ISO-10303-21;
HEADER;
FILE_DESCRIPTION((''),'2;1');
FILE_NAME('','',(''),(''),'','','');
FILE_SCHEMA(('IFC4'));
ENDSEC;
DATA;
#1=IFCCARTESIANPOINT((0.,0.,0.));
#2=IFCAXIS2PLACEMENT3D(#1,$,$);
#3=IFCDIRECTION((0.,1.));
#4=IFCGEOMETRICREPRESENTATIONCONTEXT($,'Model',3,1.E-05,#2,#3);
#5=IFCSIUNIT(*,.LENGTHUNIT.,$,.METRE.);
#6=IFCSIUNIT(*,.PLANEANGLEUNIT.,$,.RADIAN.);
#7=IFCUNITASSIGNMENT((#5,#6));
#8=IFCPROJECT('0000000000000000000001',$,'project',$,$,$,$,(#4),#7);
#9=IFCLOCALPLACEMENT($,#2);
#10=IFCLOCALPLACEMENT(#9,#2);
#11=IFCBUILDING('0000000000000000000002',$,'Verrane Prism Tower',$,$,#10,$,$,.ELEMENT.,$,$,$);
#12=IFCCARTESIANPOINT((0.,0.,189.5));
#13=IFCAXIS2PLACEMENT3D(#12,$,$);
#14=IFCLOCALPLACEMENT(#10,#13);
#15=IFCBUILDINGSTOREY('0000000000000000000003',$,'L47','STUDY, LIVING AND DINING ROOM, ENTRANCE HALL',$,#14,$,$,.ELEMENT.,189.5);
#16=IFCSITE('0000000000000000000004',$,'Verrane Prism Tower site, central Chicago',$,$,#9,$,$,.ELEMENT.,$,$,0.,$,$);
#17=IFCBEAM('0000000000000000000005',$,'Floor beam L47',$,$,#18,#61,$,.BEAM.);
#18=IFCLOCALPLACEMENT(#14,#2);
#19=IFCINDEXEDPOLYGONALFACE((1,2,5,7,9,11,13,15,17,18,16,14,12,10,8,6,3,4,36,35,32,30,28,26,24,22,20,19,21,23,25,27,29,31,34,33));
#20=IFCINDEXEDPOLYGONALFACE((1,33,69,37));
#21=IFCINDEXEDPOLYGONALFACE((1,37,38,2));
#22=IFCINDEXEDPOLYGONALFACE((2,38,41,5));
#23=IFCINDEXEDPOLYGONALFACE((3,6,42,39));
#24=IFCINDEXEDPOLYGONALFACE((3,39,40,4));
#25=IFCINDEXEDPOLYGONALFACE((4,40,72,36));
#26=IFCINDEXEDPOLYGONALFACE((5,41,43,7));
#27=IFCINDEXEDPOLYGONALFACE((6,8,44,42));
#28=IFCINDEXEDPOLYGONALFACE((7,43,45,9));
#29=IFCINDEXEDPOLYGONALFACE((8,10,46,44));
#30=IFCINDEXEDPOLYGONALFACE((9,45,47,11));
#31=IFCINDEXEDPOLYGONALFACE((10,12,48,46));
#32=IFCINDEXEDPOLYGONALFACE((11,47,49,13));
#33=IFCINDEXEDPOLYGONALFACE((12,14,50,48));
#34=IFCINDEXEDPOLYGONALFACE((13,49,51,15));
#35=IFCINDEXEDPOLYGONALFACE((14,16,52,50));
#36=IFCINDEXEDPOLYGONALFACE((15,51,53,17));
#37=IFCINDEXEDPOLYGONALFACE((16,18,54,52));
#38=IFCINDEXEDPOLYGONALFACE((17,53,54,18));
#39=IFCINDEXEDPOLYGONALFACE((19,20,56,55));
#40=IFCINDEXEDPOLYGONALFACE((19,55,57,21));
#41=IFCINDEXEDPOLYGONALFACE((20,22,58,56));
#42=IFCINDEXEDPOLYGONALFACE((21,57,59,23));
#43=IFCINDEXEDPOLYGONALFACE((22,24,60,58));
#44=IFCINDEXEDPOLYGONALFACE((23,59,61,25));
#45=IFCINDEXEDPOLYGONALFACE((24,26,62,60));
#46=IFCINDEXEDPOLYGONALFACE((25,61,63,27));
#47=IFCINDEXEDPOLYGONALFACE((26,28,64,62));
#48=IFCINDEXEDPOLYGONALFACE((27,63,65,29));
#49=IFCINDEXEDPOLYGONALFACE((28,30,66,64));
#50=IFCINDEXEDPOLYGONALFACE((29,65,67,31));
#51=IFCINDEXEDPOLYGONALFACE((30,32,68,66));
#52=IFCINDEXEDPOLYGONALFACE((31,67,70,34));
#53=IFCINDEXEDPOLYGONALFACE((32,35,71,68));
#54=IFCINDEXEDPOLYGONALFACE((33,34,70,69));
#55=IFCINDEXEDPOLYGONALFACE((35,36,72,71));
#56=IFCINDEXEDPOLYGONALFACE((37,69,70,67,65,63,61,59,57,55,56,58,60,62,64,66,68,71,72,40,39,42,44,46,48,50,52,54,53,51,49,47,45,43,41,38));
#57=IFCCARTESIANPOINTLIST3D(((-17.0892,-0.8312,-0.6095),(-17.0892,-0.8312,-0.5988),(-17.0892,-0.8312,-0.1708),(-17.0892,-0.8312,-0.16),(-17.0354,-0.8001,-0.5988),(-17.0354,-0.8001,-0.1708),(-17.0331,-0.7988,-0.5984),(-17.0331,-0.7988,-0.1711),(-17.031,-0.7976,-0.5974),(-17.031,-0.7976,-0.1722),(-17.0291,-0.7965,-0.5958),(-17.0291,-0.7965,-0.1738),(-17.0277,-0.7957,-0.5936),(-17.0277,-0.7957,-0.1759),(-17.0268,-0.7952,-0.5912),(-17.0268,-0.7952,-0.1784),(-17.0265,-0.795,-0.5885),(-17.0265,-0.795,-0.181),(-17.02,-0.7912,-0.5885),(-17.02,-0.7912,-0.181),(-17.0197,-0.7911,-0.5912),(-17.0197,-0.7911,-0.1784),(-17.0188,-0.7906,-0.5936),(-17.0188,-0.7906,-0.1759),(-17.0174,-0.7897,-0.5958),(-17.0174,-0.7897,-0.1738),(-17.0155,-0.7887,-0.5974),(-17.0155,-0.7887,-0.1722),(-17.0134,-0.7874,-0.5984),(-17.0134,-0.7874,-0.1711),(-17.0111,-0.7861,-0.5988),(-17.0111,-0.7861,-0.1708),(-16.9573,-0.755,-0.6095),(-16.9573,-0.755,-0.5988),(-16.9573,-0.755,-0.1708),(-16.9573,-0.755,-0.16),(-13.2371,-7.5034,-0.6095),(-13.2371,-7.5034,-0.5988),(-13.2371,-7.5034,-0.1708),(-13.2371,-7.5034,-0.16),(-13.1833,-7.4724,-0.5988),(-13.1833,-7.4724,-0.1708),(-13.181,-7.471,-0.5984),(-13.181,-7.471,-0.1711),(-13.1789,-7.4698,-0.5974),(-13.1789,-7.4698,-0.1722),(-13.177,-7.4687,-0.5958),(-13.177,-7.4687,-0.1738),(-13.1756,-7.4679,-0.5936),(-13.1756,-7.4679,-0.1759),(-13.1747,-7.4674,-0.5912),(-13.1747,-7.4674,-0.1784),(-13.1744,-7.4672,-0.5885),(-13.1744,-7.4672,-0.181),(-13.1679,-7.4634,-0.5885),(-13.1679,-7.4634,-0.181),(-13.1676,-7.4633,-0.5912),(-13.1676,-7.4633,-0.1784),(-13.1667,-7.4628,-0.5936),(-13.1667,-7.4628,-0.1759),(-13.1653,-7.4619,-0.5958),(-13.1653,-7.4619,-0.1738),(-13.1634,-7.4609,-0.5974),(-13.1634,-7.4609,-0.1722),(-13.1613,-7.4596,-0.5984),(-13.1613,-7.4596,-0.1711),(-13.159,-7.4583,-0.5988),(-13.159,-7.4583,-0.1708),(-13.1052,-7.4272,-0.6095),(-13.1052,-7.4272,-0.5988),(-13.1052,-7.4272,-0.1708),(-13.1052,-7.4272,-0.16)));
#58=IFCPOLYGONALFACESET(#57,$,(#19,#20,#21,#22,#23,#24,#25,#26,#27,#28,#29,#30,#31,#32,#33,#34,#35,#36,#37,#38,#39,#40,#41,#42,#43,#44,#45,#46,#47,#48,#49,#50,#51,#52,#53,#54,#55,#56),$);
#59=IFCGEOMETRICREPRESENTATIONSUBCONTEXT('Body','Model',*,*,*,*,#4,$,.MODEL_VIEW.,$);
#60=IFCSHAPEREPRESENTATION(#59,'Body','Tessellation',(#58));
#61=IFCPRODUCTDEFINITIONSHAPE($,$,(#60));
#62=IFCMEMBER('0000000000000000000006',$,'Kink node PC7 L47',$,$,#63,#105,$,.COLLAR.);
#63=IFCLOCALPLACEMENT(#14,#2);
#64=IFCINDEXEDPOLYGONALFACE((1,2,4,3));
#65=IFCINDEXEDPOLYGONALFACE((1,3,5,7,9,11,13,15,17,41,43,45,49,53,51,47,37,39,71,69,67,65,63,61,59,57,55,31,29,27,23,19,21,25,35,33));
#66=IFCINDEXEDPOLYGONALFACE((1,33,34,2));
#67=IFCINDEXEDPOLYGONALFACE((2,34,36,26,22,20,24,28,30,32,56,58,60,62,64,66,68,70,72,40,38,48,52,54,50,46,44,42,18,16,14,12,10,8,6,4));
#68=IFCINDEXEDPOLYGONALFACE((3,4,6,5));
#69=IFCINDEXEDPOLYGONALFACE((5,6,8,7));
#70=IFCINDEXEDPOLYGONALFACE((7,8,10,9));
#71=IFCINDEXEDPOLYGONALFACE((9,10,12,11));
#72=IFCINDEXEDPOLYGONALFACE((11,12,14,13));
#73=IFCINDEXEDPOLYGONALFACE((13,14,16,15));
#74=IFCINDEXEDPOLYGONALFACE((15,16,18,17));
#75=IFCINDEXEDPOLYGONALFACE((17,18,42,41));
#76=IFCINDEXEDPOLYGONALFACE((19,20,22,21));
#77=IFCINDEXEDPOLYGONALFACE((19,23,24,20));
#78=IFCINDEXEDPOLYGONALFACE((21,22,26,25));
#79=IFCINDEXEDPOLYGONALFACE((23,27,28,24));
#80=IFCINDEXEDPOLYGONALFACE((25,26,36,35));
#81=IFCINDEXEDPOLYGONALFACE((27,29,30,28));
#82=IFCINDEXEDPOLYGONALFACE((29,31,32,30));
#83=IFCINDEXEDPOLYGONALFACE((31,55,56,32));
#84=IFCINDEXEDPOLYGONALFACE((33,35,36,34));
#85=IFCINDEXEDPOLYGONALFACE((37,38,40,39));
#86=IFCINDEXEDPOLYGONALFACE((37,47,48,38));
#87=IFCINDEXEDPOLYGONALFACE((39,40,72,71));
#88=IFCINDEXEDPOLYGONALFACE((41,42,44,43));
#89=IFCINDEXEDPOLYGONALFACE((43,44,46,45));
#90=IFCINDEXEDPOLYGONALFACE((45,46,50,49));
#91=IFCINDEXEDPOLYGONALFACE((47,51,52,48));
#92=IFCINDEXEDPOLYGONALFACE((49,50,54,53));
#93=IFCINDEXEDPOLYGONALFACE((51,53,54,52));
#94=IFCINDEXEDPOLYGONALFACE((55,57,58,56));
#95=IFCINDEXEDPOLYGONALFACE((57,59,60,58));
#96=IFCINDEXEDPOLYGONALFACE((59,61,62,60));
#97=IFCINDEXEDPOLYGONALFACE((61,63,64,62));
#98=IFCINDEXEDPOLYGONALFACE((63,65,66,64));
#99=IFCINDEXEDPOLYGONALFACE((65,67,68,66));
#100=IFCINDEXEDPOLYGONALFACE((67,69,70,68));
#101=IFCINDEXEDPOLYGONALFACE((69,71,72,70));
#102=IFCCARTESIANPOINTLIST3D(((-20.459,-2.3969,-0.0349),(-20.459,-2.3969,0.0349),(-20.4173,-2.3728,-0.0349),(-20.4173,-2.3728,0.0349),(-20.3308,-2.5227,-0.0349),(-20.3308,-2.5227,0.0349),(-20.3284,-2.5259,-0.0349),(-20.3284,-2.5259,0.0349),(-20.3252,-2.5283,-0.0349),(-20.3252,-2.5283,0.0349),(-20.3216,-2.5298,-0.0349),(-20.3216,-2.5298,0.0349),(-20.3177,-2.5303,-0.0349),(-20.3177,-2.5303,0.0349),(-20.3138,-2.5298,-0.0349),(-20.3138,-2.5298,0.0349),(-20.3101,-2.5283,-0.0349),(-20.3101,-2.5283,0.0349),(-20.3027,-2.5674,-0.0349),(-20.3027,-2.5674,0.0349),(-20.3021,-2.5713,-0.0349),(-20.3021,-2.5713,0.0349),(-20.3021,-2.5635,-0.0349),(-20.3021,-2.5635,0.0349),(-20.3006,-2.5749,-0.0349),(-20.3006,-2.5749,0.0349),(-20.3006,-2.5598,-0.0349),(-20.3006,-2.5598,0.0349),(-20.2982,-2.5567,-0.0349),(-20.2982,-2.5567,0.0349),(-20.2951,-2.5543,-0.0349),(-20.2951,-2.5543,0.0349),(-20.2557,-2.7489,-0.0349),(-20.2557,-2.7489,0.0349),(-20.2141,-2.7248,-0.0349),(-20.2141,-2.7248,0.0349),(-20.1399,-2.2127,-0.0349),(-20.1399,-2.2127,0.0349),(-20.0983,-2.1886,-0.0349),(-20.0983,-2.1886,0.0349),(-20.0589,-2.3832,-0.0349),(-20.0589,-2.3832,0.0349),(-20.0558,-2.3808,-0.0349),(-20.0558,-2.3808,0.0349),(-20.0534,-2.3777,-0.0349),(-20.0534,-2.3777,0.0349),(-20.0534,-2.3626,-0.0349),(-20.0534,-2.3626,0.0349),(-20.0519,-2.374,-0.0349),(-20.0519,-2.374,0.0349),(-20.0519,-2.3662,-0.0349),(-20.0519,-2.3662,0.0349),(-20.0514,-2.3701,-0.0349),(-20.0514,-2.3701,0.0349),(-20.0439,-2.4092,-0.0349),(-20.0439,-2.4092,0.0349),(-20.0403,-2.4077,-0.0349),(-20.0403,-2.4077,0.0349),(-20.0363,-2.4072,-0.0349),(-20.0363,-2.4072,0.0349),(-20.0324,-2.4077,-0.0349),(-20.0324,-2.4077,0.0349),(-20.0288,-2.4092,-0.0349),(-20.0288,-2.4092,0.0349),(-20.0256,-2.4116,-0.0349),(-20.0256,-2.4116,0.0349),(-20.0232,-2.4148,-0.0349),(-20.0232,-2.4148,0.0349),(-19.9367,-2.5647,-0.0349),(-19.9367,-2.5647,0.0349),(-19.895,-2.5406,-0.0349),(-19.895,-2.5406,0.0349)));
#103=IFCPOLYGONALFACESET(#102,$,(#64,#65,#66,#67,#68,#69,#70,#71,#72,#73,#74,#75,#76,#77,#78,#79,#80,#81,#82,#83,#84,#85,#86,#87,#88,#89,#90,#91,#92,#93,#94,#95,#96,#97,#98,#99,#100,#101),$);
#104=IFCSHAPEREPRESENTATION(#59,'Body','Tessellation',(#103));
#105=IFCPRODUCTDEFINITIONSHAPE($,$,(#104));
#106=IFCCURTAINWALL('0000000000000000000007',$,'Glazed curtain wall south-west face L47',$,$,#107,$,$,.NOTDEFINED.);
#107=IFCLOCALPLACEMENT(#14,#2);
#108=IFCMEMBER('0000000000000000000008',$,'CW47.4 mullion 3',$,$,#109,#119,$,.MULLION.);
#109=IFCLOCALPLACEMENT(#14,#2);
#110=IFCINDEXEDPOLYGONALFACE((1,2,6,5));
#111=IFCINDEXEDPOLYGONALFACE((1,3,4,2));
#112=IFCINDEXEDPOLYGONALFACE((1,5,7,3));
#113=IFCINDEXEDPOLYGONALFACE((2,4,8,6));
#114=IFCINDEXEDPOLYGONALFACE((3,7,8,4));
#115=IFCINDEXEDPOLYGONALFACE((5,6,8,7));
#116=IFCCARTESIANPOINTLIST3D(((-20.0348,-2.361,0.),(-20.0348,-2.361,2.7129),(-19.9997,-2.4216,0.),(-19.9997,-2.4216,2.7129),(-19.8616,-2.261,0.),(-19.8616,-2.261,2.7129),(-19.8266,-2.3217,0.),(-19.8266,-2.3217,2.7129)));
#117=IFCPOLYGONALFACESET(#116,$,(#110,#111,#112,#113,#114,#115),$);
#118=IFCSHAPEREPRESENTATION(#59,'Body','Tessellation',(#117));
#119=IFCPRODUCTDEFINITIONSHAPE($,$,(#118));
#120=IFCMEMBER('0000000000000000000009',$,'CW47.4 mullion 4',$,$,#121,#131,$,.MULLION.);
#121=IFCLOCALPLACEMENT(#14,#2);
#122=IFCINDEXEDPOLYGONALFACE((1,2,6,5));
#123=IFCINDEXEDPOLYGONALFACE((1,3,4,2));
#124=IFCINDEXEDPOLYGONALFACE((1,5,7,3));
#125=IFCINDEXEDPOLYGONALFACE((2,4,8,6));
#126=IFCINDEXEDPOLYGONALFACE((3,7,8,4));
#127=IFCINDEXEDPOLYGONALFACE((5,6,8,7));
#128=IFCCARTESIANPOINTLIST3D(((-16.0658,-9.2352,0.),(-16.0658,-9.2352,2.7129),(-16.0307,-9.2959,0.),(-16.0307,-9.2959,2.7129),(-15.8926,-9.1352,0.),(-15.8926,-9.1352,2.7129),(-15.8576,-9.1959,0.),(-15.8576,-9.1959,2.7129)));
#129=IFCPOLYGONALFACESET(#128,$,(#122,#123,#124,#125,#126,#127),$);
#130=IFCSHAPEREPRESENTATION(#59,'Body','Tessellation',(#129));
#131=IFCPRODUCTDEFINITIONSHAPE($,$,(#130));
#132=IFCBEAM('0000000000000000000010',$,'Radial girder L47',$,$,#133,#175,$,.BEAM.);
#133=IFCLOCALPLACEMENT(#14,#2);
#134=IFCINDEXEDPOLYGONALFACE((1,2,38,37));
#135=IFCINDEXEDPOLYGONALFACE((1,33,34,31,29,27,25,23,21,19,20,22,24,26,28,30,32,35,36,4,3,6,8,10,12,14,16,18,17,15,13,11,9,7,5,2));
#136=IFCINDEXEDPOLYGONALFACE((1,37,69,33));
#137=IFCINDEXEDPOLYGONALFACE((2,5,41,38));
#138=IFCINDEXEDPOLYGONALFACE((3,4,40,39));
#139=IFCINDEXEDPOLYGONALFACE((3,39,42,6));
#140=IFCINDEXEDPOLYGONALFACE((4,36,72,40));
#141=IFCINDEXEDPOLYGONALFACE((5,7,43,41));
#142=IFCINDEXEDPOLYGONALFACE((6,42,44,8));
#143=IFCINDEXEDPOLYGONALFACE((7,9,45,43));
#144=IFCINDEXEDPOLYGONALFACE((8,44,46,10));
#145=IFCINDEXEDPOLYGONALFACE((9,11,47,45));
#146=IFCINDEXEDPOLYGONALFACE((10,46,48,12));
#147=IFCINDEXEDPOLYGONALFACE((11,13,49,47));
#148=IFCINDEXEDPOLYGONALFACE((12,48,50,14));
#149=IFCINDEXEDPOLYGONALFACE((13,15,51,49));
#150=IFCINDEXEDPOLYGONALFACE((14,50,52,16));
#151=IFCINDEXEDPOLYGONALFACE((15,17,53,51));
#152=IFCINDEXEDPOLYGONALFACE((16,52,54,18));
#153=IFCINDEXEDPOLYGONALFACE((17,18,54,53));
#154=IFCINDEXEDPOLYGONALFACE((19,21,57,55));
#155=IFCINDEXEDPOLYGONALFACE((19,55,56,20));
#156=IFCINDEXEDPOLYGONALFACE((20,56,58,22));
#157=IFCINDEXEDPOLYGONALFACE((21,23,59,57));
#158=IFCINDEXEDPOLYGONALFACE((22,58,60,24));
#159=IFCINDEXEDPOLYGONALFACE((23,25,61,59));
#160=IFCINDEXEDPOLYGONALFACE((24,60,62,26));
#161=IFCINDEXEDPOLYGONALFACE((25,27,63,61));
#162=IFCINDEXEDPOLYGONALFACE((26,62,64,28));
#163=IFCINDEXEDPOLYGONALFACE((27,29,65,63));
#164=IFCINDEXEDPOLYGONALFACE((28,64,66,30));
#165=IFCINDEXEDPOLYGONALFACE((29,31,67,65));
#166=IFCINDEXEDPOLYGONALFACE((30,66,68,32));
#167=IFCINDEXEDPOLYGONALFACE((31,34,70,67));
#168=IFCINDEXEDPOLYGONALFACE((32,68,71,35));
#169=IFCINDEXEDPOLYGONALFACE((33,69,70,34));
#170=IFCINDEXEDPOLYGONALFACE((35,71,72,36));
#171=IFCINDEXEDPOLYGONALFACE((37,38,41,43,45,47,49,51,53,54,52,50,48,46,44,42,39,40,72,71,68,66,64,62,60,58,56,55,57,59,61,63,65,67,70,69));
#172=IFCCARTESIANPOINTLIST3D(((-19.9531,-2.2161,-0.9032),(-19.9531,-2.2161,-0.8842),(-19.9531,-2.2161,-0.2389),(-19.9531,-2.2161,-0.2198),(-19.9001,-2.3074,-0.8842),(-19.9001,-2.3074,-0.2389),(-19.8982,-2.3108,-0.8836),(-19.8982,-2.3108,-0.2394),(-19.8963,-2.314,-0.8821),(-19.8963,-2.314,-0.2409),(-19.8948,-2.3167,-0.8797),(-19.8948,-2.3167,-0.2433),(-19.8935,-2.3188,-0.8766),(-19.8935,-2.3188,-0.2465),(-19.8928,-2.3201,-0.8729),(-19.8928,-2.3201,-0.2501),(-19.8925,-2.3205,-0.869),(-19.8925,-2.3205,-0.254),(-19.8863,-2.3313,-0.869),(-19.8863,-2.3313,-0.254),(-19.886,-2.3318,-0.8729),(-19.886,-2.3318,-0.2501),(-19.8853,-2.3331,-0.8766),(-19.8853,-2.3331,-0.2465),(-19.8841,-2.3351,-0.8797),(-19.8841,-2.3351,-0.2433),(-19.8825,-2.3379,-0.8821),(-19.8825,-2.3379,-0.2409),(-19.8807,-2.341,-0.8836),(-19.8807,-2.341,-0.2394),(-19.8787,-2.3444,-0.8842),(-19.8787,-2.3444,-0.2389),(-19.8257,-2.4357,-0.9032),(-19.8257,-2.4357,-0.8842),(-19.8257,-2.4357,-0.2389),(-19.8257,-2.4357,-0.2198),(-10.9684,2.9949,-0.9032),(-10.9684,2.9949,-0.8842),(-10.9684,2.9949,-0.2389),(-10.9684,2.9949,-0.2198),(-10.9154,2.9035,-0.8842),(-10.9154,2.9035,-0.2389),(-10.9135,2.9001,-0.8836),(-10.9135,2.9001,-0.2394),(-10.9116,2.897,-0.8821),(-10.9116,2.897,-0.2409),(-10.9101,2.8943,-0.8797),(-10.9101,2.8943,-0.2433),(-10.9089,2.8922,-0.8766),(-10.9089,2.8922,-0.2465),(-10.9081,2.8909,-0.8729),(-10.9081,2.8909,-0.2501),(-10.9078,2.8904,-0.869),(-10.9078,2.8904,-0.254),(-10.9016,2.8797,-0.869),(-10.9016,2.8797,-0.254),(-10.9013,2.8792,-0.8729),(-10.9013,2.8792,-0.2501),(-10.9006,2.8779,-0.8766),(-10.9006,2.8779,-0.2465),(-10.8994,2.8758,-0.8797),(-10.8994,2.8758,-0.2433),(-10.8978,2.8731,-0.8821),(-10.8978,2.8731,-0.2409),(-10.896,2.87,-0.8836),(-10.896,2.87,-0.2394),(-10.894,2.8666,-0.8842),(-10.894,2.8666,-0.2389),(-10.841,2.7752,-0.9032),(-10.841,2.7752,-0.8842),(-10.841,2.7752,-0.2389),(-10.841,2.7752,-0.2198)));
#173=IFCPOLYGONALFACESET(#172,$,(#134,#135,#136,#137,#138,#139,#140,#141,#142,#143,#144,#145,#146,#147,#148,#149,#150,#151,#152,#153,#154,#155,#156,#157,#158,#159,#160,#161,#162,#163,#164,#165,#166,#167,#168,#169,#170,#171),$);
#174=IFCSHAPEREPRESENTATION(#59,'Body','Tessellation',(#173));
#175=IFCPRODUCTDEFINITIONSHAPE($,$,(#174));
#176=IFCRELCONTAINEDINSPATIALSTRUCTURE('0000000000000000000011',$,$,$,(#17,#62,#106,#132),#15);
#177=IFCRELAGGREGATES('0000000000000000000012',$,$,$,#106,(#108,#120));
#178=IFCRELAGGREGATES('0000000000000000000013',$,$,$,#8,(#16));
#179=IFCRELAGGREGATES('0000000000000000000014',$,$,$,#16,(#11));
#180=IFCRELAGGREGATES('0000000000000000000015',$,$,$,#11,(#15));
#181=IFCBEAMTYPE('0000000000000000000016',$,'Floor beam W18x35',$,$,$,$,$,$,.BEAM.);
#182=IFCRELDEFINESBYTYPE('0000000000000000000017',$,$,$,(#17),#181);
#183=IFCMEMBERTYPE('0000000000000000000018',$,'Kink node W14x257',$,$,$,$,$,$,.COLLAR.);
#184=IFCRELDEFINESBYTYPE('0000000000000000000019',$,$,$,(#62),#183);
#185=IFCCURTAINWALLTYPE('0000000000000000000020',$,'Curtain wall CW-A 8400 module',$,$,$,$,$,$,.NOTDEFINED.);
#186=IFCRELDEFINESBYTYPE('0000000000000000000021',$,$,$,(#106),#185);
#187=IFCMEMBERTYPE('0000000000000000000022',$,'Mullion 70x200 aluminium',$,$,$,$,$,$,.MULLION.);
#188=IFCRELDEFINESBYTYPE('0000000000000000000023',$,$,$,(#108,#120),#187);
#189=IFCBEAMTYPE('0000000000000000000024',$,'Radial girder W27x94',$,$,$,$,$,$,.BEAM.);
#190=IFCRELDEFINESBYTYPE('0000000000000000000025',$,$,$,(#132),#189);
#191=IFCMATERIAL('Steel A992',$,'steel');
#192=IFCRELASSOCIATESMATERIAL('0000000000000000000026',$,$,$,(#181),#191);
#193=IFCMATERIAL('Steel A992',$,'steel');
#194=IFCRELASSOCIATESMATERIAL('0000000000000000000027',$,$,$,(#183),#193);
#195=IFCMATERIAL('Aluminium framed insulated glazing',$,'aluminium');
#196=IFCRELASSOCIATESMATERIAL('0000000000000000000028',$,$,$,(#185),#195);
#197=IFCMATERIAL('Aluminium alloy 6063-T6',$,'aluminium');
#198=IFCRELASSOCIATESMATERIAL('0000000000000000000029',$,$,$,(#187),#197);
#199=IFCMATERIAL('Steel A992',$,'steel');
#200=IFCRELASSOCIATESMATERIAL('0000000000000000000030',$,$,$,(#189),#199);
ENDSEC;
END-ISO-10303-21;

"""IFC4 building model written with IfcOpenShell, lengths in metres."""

from ifc_helpers import new_model, si_unit, direction, frame, origin, origin_2d, place, context, subcontext, project, spatial, rectangle, i_section, extrude, material, material_profile, profile_set, type_object, element, aggregate, save


model = new_model("IFC4")

# Units and contexts
model_context = context("Model", 3, precision=1e-05, world=origin(), true_north=direction((0.0, 1.0)))
body_context = subcontext(model_context, "Body", "Model", "MODEL_VIEW")
ifc_project = project(units=[si_unit("LENGTHUNIT", "METRE"), si_unit("PLANEANGLEUNIT", "RADIAN")], contexts=[model_context])

# Site, building, storey
site_placement = place(None, origin())
site = spatial("IfcSite", under=ifc_project, at=site_placement, Name="Verrane Prism Tower site, central Chicago", CompositionType="ELEMENT", RefElevation=0.0)
building_placement = place(site_placement, origin())
building = spatial("IfcBuilding", under=site, at=building_placement, Name="Verrane Prism Tower", CompositionType="ELEMENT")
storey_placement = place(building_placement, frame((0.0, 0.0, 189.5)))
storey = spatial("IfcBuildingStorey", under=building, at=storey_placement, Name="L47", Description="STUDY, LIVING AND DINING ROOM, ENTRANCE HALL", CompositionType="ELEMENT", Elevation=189.5)

# Beam
ifc_material_1 = material(Name="Steel A992", Category="steel")
ifc_material_profile_1 = material_profile(ifc_material_1, i_section(OverallWidth=0.1523, OverallDepth=0.4495, WebThickness=0.0076, FlangeThickness=0.0107, FilletRadius=0.0103, at=origin_2d()), Name="W18x35")
ifc_profile_set_1 = profile_set([ifc_material_profile_1], Name="Steel A992")
beam_type_1 = type_object("IfcBeamType", Name="Floor beam W18x35", PredefinedType="BEAM", material=ifc_profile_set_1)
beam_1_placement = place(storey_placement, frame((-13.1711, -7.4653, -0.3848), z_axis=(-0.49999, 0.866031, 0.0), x_axis=(-0.866031, -0.49999, 0.0)))
element("IfcBeam", 1, at=beam_1_placement, inside=storey, type_object=beam_type_1, Name="Floor beam L47", PredefinedType="BEAM", context=body_context, shape_type="SweptSolid", body=[
    extrude(i_section(OverallWidth=0.1523, OverallDepth=0.4495, WebThickness=0.0076, FlangeThickness=0.0107, FilletRadius=0.0103, at=origin_2d()), origin(), (0.0, 0.0, 1.0), 7.7043),
])

# Member
ifc_material_2 = material(Name="Steel A992", Category="steel")
ifc_material_profile_2 = material_profile(ifc_material_2, i_section(OverallWidth=0.4065, OverallDepth=0.4165, WebThickness=0.03, FlangeThickness=0.0481, FilletRadius=0.0151, at=origin_2d()), Name="W14x257")
ifc_profile_set_2 = profile_set([ifc_material_profile_2], Name="Steel A992")
member_type_1 = type_object("IfcMemberType", Name="Kink node W14x257", PredefinedType="COLLAR", material=ifc_profile_set_2)
member_1_placement = place(storey_placement, frame((-20.177, -2.4688, -0.0349), z_axis=(0.0, 0.0, 1.0), x_axis=(-0.5, 0.866025, 0.0)))
element("IfcMember", 2, at=member_1_placement, inside=storey, type_object=member_type_1, Name="Kink node PC7 L47", PredefinedType="COLLAR", context=body_context, shape_type="SweptSolid", body=[
    extrude(i_section(OverallWidth=0.4065, OverallDepth=0.4165, WebThickness=0.03, FlangeThickness=0.0481, FilletRadius=0.0151, at=origin_2d()), origin(), (0.0, 0.0, 1.0), 0.0698),
])

# Curtain wall, members
ifc_material_3 = material(Name="Aluminium framed insulated glazing", Category="aluminium")
curtain_wall_type = type_object("IfcCurtainWallType", Name="Curtain wall CW-A 8400 module", PredefinedType="NOTDEFINED", material=ifc_material_3)
curtain_wall_placement = place(storey_placement, origin())
curtain_wall = element("IfcCurtainWall", 3, at=curtain_wall_placement, inside=storey, type_object=curtain_wall_type, Name="Glazed curtain wall south-west face L47", PredefinedType="NOTDEFINED")
ifc_material_4 = material(Name="Aluminium alloy 6063-T6", Category="aluminium")
ifc_material_profile_3 = material_profile(ifc_material_4, rectangle(XDim=0.2, YDim=0.0701, at=origin_2d()), Name="Mullion 70x200 aluminium")
ifc_profile_set_3 = profile_set([ifc_material_profile_3], Name="Aluminium alloy 6063-T6")
member_type_2 = type_object("IfcMemberType", Name="Mullion 70x200 aluminium", PredefinedType="MULLION", material=ifc_profile_set_3)
member_2_placement = place(storey_placement, frame((-19.9307, -2.3413, 0.0), z_axis=(0.0, 0.0, 1.0), x_axis=(0.866026, 0.5, 0.0)))
member_2 = element("IfcMember", 4, at=member_2_placement, type_object=member_type_2, Name="CW47.4 mullion 3", PredefinedType="MULLION", context=body_context, shape_type="SweptSolid", body=[
    extrude(rectangle(XDim=0.2, YDim=0.0701, at=origin_2d()), origin(), (0.0, 0.0, 1.0), 2.7129),
])
member_3_placement = place(storey_placement, frame((-15.9617, -9.2156, 0.0), z_axis=(0.0, 0.0, 1.0), x_axis=(0.866026, 0.5, 0.0)))
member_3 = element("IfcMember", 5, at=member_3_placement, type_object=member_type_2, Name="CW47.4 mullion 4", PredefinedType="MULLION", context=body_context, shape_type="SweptSolid", body=[
    extrude(rectangle(XDim=0.2, YDim=0.0701, at=origin_2d()), origin(), (0.0, 0.0, 1.0), 2.7129),
])

# Beam
ifc_material_5 = material(Name="Steel A992", Category="steel")
ifc_material_profile_4 = material_profile(ifc_material_5, i_section(OverallWidth=0.2539, OverallDepth=0.6833, WebThickness=0.0125, FlangeThickness=0.019, FilletRadius=0.0151, at=origin_2d()), Name="W27x94")
ifc_profile_set_4 = profile_set([ifc_material_profile_4], Name="Steel A992")
beam_type_2 = type_object("IfcBeamType", Name="Radial girder W27x94", PredefinedType="BEAM", material=ifc_profile_set_4)
beam_2_placement = place(storey_placement, frame((-19.8894, -2.3259, -0.5615), z_axis=(0.865037, 0.501708, 0.0), x_axis=(-0.501708, 0.865037, 0.0)))
element("IfcBeam", 6, at=beam_2_placement, inside=storey, type_object=beam_type_2, Name="Radial girder L47", PredefinedType="BEAM", context=body_context, shape_type="SweptSolid", body=[
    extrude(i_section(OverallWidth=0.2539, OverallDepth=0.6833, WebThickness=0.0125, FlangeThickness=0.019, FilletRadius=0.0151, at=origin_2d()), origin(), (0.0, 0.0, 1.0), 10.3865),
])

aggregate(curtain_wall, [member_2, member_3])

save(model, "model.ifc")
